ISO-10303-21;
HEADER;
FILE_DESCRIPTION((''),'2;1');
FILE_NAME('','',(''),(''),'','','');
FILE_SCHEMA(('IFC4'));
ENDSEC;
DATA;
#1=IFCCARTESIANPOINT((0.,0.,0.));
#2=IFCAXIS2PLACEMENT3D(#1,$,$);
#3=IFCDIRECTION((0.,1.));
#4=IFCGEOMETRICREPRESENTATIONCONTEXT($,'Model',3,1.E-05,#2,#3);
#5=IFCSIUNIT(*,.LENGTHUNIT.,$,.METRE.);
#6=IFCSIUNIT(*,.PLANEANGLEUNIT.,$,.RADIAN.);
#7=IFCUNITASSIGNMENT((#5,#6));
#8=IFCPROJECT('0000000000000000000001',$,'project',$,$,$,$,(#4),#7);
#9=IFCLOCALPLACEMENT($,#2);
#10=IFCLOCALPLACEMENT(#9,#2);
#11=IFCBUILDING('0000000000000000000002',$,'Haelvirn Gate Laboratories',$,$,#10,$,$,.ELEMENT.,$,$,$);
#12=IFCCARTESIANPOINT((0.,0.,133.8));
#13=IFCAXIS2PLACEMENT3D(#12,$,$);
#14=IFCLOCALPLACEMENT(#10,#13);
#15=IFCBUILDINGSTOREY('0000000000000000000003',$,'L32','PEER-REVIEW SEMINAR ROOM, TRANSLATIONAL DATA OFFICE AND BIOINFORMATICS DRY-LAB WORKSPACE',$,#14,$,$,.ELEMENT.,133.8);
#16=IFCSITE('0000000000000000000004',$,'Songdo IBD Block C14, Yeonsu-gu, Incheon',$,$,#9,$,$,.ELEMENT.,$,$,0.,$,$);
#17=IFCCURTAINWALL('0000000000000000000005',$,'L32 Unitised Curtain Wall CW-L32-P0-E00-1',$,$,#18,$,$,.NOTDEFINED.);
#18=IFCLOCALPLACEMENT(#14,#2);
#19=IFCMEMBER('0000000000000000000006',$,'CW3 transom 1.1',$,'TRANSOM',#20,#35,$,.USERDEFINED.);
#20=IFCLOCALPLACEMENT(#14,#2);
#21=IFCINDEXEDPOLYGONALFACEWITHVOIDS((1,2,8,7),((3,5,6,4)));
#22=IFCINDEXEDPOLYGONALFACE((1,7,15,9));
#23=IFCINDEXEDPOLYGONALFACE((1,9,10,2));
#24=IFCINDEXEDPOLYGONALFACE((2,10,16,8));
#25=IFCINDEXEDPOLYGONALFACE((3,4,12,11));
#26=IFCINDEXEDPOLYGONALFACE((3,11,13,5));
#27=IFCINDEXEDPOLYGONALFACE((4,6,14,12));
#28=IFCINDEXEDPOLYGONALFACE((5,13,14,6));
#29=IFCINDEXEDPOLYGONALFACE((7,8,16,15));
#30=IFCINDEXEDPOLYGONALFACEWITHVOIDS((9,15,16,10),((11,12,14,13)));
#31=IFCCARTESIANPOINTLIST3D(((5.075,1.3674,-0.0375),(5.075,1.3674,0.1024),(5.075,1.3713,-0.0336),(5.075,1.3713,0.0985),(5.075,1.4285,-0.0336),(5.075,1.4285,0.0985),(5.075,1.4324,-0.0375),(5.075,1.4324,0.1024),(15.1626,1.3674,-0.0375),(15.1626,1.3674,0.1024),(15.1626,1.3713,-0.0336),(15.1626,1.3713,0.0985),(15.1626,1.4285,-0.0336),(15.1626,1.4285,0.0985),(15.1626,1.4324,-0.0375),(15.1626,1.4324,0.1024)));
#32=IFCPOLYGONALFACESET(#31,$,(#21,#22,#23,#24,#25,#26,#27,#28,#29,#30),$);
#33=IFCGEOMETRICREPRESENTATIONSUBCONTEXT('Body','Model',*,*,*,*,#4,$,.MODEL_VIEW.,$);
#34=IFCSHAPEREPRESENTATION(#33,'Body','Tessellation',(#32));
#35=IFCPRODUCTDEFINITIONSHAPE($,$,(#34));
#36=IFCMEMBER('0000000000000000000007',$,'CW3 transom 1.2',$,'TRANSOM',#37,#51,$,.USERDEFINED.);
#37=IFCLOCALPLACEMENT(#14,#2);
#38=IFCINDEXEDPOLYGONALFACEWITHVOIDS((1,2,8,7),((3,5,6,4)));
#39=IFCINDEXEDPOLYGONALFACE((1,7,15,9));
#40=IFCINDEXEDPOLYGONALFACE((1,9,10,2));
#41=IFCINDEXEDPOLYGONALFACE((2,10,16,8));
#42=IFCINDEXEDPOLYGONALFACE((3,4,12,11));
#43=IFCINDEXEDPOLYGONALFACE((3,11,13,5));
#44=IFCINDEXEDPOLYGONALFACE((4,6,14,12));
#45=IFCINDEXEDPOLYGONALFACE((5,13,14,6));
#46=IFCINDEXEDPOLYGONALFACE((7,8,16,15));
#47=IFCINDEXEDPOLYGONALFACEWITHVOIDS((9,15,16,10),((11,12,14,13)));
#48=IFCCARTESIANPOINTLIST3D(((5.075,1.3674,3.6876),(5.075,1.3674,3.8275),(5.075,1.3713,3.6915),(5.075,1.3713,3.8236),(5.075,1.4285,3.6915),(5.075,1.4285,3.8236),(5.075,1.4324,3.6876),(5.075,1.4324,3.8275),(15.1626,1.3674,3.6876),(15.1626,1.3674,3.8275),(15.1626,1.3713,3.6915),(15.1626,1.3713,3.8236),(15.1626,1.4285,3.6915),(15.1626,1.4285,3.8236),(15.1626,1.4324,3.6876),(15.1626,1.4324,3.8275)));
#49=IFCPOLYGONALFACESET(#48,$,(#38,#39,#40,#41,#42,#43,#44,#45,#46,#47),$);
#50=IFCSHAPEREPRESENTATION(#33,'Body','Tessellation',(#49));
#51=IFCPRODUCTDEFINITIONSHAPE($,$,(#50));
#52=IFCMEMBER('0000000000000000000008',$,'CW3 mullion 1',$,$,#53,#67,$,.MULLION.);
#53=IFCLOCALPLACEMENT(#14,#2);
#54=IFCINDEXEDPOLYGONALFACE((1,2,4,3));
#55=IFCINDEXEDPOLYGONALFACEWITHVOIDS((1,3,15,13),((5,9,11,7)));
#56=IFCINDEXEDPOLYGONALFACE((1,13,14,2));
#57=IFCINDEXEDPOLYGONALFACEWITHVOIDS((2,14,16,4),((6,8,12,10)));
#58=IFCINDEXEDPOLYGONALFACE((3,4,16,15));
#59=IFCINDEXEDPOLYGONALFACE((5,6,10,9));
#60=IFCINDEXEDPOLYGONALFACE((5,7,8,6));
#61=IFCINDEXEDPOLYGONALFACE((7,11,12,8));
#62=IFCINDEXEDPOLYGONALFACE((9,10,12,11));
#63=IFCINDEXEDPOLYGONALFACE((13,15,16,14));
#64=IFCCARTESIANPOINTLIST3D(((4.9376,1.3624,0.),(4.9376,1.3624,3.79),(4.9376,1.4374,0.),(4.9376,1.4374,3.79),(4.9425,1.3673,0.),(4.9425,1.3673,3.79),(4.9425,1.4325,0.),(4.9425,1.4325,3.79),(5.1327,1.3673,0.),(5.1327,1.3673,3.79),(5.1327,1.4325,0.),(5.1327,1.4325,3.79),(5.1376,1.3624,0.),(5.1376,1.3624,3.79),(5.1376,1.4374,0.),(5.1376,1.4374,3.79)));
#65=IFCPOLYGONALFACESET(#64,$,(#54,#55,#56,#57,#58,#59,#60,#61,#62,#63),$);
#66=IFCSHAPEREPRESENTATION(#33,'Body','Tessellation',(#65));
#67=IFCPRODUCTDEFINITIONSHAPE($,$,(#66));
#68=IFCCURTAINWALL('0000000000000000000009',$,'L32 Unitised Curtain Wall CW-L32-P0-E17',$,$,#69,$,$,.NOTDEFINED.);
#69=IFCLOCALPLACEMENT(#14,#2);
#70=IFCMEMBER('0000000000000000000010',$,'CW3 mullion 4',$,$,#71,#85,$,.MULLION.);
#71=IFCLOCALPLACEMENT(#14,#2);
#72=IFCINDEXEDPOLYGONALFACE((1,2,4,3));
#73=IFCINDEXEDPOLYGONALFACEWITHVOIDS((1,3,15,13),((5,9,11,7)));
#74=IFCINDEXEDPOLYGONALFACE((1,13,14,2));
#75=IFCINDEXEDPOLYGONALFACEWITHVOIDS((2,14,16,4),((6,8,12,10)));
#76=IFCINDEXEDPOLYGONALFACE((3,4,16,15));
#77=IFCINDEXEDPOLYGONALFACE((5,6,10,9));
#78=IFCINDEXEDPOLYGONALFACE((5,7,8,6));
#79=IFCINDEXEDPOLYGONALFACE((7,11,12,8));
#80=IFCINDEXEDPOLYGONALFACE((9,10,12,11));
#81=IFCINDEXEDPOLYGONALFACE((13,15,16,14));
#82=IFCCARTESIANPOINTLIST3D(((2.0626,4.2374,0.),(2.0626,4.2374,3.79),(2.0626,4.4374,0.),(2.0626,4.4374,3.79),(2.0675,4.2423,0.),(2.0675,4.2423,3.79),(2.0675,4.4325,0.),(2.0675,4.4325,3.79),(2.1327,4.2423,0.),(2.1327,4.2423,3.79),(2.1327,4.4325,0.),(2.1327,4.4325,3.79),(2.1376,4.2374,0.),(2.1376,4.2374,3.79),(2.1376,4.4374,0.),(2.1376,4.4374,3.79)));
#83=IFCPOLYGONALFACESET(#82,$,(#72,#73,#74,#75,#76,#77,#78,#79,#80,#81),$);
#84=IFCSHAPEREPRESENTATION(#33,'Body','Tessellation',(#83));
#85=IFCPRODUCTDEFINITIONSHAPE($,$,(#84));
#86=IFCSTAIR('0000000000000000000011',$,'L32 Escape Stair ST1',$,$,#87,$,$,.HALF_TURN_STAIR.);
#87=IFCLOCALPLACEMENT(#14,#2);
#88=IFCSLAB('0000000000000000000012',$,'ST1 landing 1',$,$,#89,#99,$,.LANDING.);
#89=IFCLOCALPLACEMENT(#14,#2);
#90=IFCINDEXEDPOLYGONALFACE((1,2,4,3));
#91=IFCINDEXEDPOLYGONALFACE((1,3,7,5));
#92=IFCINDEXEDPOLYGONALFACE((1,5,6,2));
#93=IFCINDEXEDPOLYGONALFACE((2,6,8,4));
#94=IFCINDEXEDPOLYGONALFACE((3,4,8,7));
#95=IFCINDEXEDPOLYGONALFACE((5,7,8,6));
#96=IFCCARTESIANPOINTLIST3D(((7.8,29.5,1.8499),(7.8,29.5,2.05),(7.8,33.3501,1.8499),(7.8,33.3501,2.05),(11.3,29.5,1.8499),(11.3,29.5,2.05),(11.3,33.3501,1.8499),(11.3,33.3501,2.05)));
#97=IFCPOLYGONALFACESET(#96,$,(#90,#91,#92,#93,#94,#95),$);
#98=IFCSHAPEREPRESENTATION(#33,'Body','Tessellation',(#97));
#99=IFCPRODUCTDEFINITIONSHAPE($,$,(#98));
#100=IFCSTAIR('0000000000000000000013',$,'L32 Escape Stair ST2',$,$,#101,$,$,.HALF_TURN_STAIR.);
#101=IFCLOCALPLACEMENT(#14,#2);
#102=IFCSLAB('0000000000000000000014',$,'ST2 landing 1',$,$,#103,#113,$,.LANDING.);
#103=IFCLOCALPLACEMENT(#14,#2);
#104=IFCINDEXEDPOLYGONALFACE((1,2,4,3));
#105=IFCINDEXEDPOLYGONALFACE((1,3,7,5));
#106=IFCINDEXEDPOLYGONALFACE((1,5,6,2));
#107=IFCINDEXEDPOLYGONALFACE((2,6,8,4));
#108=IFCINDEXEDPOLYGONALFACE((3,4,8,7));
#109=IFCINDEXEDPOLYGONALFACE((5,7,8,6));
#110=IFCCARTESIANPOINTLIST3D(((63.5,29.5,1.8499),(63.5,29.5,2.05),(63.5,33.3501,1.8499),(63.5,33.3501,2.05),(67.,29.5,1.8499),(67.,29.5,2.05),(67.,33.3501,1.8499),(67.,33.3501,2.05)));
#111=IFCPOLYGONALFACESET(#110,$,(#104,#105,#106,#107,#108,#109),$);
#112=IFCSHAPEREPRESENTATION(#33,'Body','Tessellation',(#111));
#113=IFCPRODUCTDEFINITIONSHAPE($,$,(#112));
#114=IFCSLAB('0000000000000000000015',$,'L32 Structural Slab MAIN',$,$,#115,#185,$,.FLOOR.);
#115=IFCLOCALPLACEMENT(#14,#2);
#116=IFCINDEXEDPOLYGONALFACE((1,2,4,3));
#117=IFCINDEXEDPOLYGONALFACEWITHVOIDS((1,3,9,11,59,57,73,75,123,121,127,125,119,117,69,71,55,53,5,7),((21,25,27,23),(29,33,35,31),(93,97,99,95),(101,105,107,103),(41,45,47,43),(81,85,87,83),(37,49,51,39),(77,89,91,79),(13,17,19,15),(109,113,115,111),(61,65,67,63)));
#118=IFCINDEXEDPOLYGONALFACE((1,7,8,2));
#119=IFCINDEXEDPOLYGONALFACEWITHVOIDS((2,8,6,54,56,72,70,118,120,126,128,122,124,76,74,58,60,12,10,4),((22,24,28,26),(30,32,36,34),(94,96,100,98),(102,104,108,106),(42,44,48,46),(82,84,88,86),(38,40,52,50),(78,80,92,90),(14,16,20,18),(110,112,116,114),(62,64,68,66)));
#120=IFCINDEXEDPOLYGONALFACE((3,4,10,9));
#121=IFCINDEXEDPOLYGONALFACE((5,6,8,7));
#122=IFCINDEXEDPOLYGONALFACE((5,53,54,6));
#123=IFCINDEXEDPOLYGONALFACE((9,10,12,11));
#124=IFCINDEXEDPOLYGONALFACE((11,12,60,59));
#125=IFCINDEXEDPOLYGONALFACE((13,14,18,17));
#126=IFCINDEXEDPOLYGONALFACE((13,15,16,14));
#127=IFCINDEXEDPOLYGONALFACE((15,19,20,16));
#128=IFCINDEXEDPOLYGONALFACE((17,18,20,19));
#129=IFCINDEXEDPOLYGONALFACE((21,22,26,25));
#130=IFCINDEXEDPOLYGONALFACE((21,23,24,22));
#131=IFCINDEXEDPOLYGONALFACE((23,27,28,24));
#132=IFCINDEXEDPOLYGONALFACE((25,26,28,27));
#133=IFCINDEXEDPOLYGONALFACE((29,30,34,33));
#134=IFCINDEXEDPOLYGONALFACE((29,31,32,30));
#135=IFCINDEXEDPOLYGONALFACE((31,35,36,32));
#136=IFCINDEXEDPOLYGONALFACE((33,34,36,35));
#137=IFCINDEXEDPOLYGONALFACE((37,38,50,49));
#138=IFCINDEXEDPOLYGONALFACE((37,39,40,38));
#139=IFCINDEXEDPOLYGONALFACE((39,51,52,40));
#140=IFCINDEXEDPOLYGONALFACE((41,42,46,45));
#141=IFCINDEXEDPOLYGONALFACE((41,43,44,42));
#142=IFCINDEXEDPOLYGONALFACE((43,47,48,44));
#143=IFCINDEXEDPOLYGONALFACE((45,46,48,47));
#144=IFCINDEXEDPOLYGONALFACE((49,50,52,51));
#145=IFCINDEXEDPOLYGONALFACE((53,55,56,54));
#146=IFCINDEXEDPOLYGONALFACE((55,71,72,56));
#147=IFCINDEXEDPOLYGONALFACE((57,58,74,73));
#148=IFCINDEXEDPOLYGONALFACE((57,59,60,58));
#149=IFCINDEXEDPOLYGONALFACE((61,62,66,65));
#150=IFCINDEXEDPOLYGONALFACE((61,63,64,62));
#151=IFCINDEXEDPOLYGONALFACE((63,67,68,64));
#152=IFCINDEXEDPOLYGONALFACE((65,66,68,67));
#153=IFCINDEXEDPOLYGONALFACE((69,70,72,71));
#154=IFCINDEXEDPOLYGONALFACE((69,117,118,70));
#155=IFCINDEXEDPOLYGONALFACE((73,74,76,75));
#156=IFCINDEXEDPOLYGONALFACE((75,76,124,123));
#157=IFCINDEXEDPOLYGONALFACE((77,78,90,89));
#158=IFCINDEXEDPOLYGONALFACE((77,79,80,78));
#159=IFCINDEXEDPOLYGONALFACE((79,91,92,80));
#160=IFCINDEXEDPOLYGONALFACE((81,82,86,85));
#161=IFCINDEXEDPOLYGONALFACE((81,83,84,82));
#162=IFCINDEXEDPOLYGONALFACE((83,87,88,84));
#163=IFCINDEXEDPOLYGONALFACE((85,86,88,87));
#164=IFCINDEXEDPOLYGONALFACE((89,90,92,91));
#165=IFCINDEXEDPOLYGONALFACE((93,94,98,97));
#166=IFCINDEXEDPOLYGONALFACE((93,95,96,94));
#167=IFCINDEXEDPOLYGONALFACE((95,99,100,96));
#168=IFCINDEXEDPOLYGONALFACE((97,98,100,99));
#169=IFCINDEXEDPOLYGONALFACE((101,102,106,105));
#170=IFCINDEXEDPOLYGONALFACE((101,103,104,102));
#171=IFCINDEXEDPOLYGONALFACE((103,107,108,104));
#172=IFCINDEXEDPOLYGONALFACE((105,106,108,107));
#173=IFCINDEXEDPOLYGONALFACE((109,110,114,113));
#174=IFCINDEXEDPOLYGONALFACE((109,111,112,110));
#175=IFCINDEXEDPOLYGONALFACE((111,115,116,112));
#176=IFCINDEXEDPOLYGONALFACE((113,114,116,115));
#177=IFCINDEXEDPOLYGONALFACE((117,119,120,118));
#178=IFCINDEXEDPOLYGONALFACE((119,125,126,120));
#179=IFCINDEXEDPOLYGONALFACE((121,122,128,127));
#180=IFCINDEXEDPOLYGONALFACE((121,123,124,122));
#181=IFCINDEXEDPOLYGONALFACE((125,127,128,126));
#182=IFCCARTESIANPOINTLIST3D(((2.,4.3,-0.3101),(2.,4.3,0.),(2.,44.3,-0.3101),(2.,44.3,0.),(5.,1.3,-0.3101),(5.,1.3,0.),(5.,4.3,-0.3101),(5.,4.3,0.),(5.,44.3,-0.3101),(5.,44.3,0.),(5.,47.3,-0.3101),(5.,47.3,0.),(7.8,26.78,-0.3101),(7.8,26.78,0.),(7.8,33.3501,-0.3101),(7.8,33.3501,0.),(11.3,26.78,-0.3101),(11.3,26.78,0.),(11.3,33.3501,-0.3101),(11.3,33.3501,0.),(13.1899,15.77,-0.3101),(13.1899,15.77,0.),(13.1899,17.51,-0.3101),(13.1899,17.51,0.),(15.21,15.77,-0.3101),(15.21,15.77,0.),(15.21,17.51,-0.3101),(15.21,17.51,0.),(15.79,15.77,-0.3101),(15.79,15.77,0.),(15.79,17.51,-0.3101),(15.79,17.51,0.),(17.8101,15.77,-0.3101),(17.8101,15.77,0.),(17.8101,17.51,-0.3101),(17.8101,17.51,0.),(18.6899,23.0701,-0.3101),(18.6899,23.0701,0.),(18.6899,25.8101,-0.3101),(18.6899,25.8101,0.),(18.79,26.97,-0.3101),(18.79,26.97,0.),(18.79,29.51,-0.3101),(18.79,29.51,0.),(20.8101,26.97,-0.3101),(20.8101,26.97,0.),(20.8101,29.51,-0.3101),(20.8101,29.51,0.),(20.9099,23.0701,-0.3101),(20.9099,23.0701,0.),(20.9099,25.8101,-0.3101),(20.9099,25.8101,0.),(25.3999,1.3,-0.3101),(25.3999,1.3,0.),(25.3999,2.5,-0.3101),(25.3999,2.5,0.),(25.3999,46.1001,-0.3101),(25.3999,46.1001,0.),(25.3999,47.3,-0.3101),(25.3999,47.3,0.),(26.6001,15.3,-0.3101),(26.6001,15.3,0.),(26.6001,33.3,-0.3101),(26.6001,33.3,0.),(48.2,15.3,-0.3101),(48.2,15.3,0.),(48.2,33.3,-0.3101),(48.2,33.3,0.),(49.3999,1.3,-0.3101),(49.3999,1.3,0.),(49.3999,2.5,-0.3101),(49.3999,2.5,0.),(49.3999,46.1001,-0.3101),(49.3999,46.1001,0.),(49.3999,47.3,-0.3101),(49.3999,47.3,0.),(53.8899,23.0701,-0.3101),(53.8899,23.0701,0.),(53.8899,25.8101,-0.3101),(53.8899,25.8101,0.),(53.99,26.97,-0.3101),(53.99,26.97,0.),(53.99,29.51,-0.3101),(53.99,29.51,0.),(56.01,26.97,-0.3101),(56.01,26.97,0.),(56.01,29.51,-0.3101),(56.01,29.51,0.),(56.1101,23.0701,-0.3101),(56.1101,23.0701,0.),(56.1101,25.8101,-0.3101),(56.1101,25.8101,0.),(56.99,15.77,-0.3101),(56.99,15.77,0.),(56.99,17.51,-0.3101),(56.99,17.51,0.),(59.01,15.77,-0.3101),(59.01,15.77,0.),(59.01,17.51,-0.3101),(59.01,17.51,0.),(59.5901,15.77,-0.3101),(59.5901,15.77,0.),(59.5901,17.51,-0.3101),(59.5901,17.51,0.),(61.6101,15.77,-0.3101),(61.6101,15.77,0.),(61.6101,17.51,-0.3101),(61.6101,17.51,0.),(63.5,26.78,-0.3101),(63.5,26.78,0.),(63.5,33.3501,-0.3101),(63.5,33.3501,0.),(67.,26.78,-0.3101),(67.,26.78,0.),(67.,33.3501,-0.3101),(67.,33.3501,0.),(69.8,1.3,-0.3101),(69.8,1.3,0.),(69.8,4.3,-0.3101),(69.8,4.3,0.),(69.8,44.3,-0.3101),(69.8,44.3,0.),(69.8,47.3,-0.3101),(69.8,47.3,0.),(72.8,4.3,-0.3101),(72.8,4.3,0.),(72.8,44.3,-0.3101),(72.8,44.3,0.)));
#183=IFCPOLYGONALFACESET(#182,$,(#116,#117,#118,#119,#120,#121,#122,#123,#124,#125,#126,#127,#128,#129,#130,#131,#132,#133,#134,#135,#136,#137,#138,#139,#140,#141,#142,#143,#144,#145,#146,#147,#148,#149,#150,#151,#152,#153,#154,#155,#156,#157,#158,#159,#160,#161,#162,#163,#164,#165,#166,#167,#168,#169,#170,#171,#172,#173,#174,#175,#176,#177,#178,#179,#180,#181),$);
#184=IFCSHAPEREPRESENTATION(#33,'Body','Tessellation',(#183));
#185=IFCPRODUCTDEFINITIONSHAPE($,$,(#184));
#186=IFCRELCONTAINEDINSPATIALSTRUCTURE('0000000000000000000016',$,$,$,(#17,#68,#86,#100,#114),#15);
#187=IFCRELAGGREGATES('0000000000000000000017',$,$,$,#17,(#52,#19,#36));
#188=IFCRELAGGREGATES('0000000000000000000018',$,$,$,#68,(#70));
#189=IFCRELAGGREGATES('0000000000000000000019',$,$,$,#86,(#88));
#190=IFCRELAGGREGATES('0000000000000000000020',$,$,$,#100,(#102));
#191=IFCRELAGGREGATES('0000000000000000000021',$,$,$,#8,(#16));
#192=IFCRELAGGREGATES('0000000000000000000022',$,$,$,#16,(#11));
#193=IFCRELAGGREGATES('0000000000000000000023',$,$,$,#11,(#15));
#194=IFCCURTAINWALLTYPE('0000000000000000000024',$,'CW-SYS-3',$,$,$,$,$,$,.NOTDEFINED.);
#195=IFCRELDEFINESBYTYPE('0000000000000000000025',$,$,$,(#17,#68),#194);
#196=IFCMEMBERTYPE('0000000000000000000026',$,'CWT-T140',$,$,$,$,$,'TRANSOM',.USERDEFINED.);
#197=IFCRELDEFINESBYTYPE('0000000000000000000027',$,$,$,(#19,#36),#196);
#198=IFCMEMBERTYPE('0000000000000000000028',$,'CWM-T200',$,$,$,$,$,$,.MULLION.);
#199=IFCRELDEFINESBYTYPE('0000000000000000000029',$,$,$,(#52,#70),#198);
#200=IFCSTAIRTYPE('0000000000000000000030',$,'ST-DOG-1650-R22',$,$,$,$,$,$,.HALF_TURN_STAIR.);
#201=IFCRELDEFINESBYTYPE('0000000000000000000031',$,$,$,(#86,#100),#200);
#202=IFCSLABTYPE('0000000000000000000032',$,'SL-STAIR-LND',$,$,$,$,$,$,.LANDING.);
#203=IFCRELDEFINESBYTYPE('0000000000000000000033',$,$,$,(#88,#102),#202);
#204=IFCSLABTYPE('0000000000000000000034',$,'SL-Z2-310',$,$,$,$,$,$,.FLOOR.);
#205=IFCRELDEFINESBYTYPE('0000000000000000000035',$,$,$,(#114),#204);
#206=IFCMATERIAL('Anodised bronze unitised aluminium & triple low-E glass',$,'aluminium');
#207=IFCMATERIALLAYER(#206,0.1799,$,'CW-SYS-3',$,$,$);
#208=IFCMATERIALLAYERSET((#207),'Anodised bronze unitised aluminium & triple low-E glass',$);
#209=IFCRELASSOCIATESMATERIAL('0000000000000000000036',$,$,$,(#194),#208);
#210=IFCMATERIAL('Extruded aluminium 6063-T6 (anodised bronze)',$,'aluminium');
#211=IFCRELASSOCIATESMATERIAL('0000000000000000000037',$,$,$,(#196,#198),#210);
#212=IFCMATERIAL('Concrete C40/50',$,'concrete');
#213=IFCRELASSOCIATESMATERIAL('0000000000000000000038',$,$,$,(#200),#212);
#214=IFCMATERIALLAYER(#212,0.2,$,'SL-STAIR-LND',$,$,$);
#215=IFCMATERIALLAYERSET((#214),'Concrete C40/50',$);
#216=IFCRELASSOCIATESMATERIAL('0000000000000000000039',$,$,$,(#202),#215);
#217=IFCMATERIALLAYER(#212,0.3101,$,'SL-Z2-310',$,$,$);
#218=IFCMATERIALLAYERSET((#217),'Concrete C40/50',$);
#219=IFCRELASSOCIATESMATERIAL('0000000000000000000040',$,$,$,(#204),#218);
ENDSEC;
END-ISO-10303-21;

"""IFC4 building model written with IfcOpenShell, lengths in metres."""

from ifc_helpers import new_model, si_unit, direction, frame, origin, origin_2d, place, context, subcontext, project, spatial, polyline, hollow_rectangle, outline, extrude, source, transform, mapped, material, layer, layer_set, material_profile, profile_set, type_object, type_shapes, element, aggregate, save


model = new_model("IFC4")

# Units and contexts
model_context = context("Model", 3, precision=1e-05, world=origin(), true_north=direction((0.0, 1.0)))
body_context = subcontext(model_context, "Body", "Model", "MODEL_VIEW")
ifc_project = project(units=[si_unit("LENGTHUNIT", "METRE"), si_unit("PLANEANGLEUNIT", "RADIAN")], contexts=[model_context])

# Site, building, storey
site_placement = place(None, origin())
site = spatial("IfcSite", under=ifc_project, at=site_placement, Name="Songdo IBD Block C14, Yeonsu-gu, Incheon", CompositionType="ELEMENT", RefElevation=0.0)
building_placement = place(site_placement, origin())
building = spatial("IfcBuilding", under=site, at=building_placement, Name="Haelvirn Gate Laboratories", CompositionType="ELEMENT")
storey_placement = place(building_placement, frame((0.0, 0.0, 133.8)))
storey = spatial("IfcBuildingStorey", under=building, at=storey_placement, Name="L32", Description="PEER-REVIEW SEMINAR ROOM, TRANSLATIONAL DATA OFFICE AND BIOINFORMATICS DRY-LAB WORKSPACE", CompositionType="ELEMENT", Elevation=133.8)

# Curtain wall, members
ifc_material_1 = material(Name="Anodised bronze unitised aluminium & triple low-E glass", Category="aluminium")
ifc_layer_1 = layer(ifc_material_1, 0.1799, Name="CW-SYS-3")
ifc_layer_set_1 = layer_set([ifc_layer_1], Name="Anodised bronze unitised aluminium & triple low-E glass")
curtain_wall_type = type_object("IfcCurtainWallType", Name="CW-SYS-3", PredefinedType="NOTDEFINED", material=ifc_layer_set_1)
curtain_wall_1_placement = place(storey_placement, origin())
curtain_wall_1 = element("IfcCurtainWall", 1, at=curtain_wall_1_placement, inside=storey, type_object=curtain_wall_type, Name="L32 Unitised Curtain Wall CW-L32-P0-E00-1", PredefinedType="NOTDEFINED")
ifc_material_2 = material(Name="Extruded aluminium 6063-T6 (anodised bronze)", Category="aluminium")
ifc_material_profile_1 = material_profile(ifc_material_2, hollow_rectangle(XDim=0.0649, YDim=0.1399, WallThickness=0.0039, at=origin_2d()), Name="CWT-140x65x4")
ifc_profile_set_1 = profile_set([ifc_material_profile_1], Name="Extruded aluminium 6063-T6 (anodised bronze)")
member_type_1 = type_object("IfcMemberType", Name="CWT-T140", ElementType="TRANSOM", PredefinedType="USERDEFINED", material=ifc_profile_set_1)
shared_shape_1 = source(origin(), body_context, "Body", "SweptSolid", [
    extrude(hollow_rectangle(XDim=0.0649, YDim=0.1399, WallThickness=0.0039, at=origin_2d()), origin(), (0.0, 0.0, 1.0), 10.0876),
])
type_shapes(member_type_1, [shared_shape_1])
member_1_placement = place(storey_placement, frame((5.075, 1.3999, 0.0325), z_axis=(1.0, 0.0, 0.0), x_axis=(0.0, 1.0, 0.0)))
member_1 = element("IfcMember", 2, at=member_1_placement, type_object=member_type_1, Name="CW3 transom 1.1", ObjectType="TRANSOM", PredefinedType="USERDEFINED", context=body_context, shape_type="MappedRepresentation", body=[
    mapped(shared_shape_1, transform((0.0, 0.0, 0.0), scale=1.0)),
])
member_2_placement = place(storey_placement, frame((5.075, 1.3999, 3.7576), z_axis=(1.0, 0.0, 0.0), x_axis=(0.0, 1.0, 0.0)))
member_2 = element("IfcMember", 3, at=member_2_placement, type_object=member_type_1, Name="CW3 transom 1.2", ObjectType="TRANSOM", PredefinedType="USERDEFINED", context=body_context, shape_type="MappedRepresentation", body=[
    mapped(shared_shape_1, transform((0.0, 0.0, 0.0), scale=1.0)),
])
ifc_material_profile_2 = material_profile(ifc_material_2, hollow_rectangle(XDim=0.075, YDim=0.2, WallThickness=0.0049, at=origin_2d()), Name="CWM-200x75x5")
ifc_profile_set_2 = profile_set([ifc_material_profile_2], Name="Extruded aluminium 6063-T6 (anodised bronze)")
member_type_2 = type_object("IfcMemberType", Name="CWM-T200", PredefinedType="MULLION", material=ifc_profile_set_2)
shared_shape_2 = source(origin(), body_context, "Body", "SweptSolid", [
    extrude(hollow_rectangle(XDim=0.075, YDim=0.2, WallThickness=0.0049, at=origin_2d()), origin(), (0.0, 0.0, 1.0), 3.79),
])
type_shapes(member_type_2, [shared_shape_2])
member_3_placement = place(storey_placement, frame((5.0376, 1.3999, 0.0), z_axis=(0.0, 0.0, 1.0), x_axis=(0.0, 1.0, 0.0)))
member_3 = element("IfcMember", 4, at=member_3_placement, type_object=member_type_2, Name="CW3 mullion 1", PredefinedType="MULLION", context=body_context, shape_type="MappedRepresentation", body=[
    mapped(shared_shape_2, transform((0.0, 0.0, 0.0), scale=1.0)),
])
aggregate(curtain_wall_1, [member_3, member_1, member_2])

# Curtain wall, member
curtain_wall_2_placement = place(storey_placement, origin())
curtain_wall_2 = element("IfcCurtainWall", 5, at=curtain_wall_2_placement, inside=storey, type_object=curtain_wall_type, Name="L32 Unitised Curtain Wall CW-L32-P0-E17", PredefinedType="NOTDEFINED")
member_4_placement = place(storey_placement, frame((2.1001, 4.3374, 0.0), z_axis=(0.0, 0.0, 1.0), x_axis=(1.0, 0.0, 0.0)))
member_4 = element("IfcMember", 6, at=member_4_placement, type_object=member_type_2, Name="CW3 mullion 4", PredefinedType="MULLION", context=body_context, shape_type="MappedRepresentation", body=[
    mapped(shared_shape_2, transform((0.0, 0.0, 0.0), scale=1.0)),
])
aggregate(curtain_wall_2, [member_4])

# Stairs, slabs
ifc_material_3 = material(Name="Concrete C40/50", Category="concrete")
stair_type = type_object("IfcStairType", Name="ST-DOG-1650-R22", PredefinedType="HALF_TURN_STAIR", material=ifc_material_3)
stair_1_placement = place(storey_placement, origin())
stair_1 = element("IfcStair", 7, at=stair_1_placement, inside=storey, type_object=stair_type, Name="L32 Escape Stair ST1", PredefinedType="HALF_TURN_STAIR")
ifc_layer_2 = layer(ifc_material_3, 0.2, Name="SL-STAIR-LND")
ifc_layer_set_2 = layer_set([ifc_layer_2], Name="Concrete C40/50")
slab_type_1 = type_object("IfcSlabType", Name="SL-STAIR-LND", PredefinedType="LANDING", material=ifc_layer_set_2)
slab_1_placement = place(storey_placement, frame((0.0, 0.0, 1.8499)))
slab_1 = element("IfcSlab", 8, at=slab_1_placement, type_object=slab_type_1, Name="ST1 landing 1", PredefinedType="LANDING", context=body_context, shape_type="SweptSolid", body=[
    extrude(outline(polyline([(11.3, 29.5), (11.3, 33.3501), (7.8, 33.3501), (7.8, 29.5), (11.3, 29.5)])), origin(), (0.0, 0.0, 1.0), 0.2002),
])
aggregate(stair_1, [slab_1])
stair_2_placement = place(storey_placement, origin())
stair_2 = element("IfcStair", 9, at=stair_2_placement, inside=storey, type_object=stair_type, Name="L32 Escape Stair ST2", PredefinedType="HALF_TURN_STAIR")
slab_2_placement = place(storey_placement, frame((0.0, 0.0, 1.8499)))
slab_2 = element("IfcSlab", 10, at=slab_2_placement, type_object=slab_type_1, Name="ST2 landing 1", PredefinedType="LANDING", context=body_context, shape_type="SweptSolid", body=[
    extrude(outline(polyline([(67.0, 29.5), (67.0, 33.3501), (63.5, 33.3501), (63.5, 29.5), (67.0, 29.5)])), origin(), (0.0, 0.0, 1.0), 0.2002),
])
aggregate(stair_2, [slab_2])

# Slab
ifc_layer_3 = layer(ifc_material_3, 0.3101, Name="SL-Z2-310")
ifc_layer_set_3 = layer_set([ifc_layer_3], Name="Concrete C40/50")
slab_type_2 = type_object("IfcSlabType", Name="SL-Z2-310", PredefinedType="FLOOR", material=ifc_layer_set_3)
slab_3_placement = place(storey_placement, frame((0.0, 0.0, -0.3101)))
element("IfcSlab", 11, at=slab_3_placement, inside=storey, type_object=slab_type_2, Name="L32 Structural Slab MAIN", PredefinedType="FLOOR", context=body_context, shape_type="SweptSolid", body=[
    extrude(outline(polyline([(5.0, 1.3), (25.3999, 1.3), (25.3999, 2.5), (49.3999, 2.5), (49.3999, 1.3), (69.8, 1.3), (69.8, 4.3), (72.8, 4.3), (72.8, 44.3), (69.8, 44.3), (69.8, 47.3), (49.3999, 47.3), (49.3999, 46.1001), (25.3999, 46.1001), (25.3999, 47.3), (5.0, 47.3), (5.0, 44.3), (2.0, 44.3), (2.0, 4.3), (5.0, 4.3), (5.0, 1.3)]), holes=[polyline([(26.6001, 15.3), (48.2, 15.3), (48.2, 33.3), (26.6001, 33.3), (26.6001, 15.3)]), polyline([(11.3, 26.78), (11.3, 33.3501), (7.8, 33.3501), (7.8, 26.78), (11.3, 26.78)]), polyline([(67.0, 26.78), (67.0, 33.3501), (63.5, 33.3501), (63.5, 26.78), (67.0, 26.78)]), polyline([(13.1899, 15.77), (15.21, 15.77), (15.21, 17.51), (13.1899, 17.51), (13.1899, 15.77)]), polyline([(15.79, 15.77), (17.8101, 15.77), (17.8101, 17.51), (15.79, 17.51), (15.79, 15.77)]), polyline([(18.79, 26.97), (20.8101, 26.97), (20.8101, 29.51), (18.79, 29.51), (18.79, 26.97)]), polyline([(18.6899, 23.0701), (20.9099, 23.0701), (20.9099, 25.8101), (18.6899, 25.8101), (18.6899, 23.0701)]), polyline([(59.5901, 15.77), (61.6101, 15.77), (61.6101, 17.51), (59.5901, 17.51), (59.5901, 15.77)]), polyline([(56.99, 15.77), (59.01, 15.77), (59.01, 17.51), (56.99, 17.51), (56.99, 15.77)]), polyline([(53.99, 26.97), (56.01, 26.97), (56.01, 29.51), (53.99, 29.51), (53.99, 26.97)]), polyline([(53.8899, 23.0701), (56.1101, 23.0701), (56.1101, 25.8101), (53.8899, 25.8101), (53.8899, 23.0701)])]), origin(), (0.0, 0.0, 1.0), 0.3101),
])

save(model, "model.ifc")
